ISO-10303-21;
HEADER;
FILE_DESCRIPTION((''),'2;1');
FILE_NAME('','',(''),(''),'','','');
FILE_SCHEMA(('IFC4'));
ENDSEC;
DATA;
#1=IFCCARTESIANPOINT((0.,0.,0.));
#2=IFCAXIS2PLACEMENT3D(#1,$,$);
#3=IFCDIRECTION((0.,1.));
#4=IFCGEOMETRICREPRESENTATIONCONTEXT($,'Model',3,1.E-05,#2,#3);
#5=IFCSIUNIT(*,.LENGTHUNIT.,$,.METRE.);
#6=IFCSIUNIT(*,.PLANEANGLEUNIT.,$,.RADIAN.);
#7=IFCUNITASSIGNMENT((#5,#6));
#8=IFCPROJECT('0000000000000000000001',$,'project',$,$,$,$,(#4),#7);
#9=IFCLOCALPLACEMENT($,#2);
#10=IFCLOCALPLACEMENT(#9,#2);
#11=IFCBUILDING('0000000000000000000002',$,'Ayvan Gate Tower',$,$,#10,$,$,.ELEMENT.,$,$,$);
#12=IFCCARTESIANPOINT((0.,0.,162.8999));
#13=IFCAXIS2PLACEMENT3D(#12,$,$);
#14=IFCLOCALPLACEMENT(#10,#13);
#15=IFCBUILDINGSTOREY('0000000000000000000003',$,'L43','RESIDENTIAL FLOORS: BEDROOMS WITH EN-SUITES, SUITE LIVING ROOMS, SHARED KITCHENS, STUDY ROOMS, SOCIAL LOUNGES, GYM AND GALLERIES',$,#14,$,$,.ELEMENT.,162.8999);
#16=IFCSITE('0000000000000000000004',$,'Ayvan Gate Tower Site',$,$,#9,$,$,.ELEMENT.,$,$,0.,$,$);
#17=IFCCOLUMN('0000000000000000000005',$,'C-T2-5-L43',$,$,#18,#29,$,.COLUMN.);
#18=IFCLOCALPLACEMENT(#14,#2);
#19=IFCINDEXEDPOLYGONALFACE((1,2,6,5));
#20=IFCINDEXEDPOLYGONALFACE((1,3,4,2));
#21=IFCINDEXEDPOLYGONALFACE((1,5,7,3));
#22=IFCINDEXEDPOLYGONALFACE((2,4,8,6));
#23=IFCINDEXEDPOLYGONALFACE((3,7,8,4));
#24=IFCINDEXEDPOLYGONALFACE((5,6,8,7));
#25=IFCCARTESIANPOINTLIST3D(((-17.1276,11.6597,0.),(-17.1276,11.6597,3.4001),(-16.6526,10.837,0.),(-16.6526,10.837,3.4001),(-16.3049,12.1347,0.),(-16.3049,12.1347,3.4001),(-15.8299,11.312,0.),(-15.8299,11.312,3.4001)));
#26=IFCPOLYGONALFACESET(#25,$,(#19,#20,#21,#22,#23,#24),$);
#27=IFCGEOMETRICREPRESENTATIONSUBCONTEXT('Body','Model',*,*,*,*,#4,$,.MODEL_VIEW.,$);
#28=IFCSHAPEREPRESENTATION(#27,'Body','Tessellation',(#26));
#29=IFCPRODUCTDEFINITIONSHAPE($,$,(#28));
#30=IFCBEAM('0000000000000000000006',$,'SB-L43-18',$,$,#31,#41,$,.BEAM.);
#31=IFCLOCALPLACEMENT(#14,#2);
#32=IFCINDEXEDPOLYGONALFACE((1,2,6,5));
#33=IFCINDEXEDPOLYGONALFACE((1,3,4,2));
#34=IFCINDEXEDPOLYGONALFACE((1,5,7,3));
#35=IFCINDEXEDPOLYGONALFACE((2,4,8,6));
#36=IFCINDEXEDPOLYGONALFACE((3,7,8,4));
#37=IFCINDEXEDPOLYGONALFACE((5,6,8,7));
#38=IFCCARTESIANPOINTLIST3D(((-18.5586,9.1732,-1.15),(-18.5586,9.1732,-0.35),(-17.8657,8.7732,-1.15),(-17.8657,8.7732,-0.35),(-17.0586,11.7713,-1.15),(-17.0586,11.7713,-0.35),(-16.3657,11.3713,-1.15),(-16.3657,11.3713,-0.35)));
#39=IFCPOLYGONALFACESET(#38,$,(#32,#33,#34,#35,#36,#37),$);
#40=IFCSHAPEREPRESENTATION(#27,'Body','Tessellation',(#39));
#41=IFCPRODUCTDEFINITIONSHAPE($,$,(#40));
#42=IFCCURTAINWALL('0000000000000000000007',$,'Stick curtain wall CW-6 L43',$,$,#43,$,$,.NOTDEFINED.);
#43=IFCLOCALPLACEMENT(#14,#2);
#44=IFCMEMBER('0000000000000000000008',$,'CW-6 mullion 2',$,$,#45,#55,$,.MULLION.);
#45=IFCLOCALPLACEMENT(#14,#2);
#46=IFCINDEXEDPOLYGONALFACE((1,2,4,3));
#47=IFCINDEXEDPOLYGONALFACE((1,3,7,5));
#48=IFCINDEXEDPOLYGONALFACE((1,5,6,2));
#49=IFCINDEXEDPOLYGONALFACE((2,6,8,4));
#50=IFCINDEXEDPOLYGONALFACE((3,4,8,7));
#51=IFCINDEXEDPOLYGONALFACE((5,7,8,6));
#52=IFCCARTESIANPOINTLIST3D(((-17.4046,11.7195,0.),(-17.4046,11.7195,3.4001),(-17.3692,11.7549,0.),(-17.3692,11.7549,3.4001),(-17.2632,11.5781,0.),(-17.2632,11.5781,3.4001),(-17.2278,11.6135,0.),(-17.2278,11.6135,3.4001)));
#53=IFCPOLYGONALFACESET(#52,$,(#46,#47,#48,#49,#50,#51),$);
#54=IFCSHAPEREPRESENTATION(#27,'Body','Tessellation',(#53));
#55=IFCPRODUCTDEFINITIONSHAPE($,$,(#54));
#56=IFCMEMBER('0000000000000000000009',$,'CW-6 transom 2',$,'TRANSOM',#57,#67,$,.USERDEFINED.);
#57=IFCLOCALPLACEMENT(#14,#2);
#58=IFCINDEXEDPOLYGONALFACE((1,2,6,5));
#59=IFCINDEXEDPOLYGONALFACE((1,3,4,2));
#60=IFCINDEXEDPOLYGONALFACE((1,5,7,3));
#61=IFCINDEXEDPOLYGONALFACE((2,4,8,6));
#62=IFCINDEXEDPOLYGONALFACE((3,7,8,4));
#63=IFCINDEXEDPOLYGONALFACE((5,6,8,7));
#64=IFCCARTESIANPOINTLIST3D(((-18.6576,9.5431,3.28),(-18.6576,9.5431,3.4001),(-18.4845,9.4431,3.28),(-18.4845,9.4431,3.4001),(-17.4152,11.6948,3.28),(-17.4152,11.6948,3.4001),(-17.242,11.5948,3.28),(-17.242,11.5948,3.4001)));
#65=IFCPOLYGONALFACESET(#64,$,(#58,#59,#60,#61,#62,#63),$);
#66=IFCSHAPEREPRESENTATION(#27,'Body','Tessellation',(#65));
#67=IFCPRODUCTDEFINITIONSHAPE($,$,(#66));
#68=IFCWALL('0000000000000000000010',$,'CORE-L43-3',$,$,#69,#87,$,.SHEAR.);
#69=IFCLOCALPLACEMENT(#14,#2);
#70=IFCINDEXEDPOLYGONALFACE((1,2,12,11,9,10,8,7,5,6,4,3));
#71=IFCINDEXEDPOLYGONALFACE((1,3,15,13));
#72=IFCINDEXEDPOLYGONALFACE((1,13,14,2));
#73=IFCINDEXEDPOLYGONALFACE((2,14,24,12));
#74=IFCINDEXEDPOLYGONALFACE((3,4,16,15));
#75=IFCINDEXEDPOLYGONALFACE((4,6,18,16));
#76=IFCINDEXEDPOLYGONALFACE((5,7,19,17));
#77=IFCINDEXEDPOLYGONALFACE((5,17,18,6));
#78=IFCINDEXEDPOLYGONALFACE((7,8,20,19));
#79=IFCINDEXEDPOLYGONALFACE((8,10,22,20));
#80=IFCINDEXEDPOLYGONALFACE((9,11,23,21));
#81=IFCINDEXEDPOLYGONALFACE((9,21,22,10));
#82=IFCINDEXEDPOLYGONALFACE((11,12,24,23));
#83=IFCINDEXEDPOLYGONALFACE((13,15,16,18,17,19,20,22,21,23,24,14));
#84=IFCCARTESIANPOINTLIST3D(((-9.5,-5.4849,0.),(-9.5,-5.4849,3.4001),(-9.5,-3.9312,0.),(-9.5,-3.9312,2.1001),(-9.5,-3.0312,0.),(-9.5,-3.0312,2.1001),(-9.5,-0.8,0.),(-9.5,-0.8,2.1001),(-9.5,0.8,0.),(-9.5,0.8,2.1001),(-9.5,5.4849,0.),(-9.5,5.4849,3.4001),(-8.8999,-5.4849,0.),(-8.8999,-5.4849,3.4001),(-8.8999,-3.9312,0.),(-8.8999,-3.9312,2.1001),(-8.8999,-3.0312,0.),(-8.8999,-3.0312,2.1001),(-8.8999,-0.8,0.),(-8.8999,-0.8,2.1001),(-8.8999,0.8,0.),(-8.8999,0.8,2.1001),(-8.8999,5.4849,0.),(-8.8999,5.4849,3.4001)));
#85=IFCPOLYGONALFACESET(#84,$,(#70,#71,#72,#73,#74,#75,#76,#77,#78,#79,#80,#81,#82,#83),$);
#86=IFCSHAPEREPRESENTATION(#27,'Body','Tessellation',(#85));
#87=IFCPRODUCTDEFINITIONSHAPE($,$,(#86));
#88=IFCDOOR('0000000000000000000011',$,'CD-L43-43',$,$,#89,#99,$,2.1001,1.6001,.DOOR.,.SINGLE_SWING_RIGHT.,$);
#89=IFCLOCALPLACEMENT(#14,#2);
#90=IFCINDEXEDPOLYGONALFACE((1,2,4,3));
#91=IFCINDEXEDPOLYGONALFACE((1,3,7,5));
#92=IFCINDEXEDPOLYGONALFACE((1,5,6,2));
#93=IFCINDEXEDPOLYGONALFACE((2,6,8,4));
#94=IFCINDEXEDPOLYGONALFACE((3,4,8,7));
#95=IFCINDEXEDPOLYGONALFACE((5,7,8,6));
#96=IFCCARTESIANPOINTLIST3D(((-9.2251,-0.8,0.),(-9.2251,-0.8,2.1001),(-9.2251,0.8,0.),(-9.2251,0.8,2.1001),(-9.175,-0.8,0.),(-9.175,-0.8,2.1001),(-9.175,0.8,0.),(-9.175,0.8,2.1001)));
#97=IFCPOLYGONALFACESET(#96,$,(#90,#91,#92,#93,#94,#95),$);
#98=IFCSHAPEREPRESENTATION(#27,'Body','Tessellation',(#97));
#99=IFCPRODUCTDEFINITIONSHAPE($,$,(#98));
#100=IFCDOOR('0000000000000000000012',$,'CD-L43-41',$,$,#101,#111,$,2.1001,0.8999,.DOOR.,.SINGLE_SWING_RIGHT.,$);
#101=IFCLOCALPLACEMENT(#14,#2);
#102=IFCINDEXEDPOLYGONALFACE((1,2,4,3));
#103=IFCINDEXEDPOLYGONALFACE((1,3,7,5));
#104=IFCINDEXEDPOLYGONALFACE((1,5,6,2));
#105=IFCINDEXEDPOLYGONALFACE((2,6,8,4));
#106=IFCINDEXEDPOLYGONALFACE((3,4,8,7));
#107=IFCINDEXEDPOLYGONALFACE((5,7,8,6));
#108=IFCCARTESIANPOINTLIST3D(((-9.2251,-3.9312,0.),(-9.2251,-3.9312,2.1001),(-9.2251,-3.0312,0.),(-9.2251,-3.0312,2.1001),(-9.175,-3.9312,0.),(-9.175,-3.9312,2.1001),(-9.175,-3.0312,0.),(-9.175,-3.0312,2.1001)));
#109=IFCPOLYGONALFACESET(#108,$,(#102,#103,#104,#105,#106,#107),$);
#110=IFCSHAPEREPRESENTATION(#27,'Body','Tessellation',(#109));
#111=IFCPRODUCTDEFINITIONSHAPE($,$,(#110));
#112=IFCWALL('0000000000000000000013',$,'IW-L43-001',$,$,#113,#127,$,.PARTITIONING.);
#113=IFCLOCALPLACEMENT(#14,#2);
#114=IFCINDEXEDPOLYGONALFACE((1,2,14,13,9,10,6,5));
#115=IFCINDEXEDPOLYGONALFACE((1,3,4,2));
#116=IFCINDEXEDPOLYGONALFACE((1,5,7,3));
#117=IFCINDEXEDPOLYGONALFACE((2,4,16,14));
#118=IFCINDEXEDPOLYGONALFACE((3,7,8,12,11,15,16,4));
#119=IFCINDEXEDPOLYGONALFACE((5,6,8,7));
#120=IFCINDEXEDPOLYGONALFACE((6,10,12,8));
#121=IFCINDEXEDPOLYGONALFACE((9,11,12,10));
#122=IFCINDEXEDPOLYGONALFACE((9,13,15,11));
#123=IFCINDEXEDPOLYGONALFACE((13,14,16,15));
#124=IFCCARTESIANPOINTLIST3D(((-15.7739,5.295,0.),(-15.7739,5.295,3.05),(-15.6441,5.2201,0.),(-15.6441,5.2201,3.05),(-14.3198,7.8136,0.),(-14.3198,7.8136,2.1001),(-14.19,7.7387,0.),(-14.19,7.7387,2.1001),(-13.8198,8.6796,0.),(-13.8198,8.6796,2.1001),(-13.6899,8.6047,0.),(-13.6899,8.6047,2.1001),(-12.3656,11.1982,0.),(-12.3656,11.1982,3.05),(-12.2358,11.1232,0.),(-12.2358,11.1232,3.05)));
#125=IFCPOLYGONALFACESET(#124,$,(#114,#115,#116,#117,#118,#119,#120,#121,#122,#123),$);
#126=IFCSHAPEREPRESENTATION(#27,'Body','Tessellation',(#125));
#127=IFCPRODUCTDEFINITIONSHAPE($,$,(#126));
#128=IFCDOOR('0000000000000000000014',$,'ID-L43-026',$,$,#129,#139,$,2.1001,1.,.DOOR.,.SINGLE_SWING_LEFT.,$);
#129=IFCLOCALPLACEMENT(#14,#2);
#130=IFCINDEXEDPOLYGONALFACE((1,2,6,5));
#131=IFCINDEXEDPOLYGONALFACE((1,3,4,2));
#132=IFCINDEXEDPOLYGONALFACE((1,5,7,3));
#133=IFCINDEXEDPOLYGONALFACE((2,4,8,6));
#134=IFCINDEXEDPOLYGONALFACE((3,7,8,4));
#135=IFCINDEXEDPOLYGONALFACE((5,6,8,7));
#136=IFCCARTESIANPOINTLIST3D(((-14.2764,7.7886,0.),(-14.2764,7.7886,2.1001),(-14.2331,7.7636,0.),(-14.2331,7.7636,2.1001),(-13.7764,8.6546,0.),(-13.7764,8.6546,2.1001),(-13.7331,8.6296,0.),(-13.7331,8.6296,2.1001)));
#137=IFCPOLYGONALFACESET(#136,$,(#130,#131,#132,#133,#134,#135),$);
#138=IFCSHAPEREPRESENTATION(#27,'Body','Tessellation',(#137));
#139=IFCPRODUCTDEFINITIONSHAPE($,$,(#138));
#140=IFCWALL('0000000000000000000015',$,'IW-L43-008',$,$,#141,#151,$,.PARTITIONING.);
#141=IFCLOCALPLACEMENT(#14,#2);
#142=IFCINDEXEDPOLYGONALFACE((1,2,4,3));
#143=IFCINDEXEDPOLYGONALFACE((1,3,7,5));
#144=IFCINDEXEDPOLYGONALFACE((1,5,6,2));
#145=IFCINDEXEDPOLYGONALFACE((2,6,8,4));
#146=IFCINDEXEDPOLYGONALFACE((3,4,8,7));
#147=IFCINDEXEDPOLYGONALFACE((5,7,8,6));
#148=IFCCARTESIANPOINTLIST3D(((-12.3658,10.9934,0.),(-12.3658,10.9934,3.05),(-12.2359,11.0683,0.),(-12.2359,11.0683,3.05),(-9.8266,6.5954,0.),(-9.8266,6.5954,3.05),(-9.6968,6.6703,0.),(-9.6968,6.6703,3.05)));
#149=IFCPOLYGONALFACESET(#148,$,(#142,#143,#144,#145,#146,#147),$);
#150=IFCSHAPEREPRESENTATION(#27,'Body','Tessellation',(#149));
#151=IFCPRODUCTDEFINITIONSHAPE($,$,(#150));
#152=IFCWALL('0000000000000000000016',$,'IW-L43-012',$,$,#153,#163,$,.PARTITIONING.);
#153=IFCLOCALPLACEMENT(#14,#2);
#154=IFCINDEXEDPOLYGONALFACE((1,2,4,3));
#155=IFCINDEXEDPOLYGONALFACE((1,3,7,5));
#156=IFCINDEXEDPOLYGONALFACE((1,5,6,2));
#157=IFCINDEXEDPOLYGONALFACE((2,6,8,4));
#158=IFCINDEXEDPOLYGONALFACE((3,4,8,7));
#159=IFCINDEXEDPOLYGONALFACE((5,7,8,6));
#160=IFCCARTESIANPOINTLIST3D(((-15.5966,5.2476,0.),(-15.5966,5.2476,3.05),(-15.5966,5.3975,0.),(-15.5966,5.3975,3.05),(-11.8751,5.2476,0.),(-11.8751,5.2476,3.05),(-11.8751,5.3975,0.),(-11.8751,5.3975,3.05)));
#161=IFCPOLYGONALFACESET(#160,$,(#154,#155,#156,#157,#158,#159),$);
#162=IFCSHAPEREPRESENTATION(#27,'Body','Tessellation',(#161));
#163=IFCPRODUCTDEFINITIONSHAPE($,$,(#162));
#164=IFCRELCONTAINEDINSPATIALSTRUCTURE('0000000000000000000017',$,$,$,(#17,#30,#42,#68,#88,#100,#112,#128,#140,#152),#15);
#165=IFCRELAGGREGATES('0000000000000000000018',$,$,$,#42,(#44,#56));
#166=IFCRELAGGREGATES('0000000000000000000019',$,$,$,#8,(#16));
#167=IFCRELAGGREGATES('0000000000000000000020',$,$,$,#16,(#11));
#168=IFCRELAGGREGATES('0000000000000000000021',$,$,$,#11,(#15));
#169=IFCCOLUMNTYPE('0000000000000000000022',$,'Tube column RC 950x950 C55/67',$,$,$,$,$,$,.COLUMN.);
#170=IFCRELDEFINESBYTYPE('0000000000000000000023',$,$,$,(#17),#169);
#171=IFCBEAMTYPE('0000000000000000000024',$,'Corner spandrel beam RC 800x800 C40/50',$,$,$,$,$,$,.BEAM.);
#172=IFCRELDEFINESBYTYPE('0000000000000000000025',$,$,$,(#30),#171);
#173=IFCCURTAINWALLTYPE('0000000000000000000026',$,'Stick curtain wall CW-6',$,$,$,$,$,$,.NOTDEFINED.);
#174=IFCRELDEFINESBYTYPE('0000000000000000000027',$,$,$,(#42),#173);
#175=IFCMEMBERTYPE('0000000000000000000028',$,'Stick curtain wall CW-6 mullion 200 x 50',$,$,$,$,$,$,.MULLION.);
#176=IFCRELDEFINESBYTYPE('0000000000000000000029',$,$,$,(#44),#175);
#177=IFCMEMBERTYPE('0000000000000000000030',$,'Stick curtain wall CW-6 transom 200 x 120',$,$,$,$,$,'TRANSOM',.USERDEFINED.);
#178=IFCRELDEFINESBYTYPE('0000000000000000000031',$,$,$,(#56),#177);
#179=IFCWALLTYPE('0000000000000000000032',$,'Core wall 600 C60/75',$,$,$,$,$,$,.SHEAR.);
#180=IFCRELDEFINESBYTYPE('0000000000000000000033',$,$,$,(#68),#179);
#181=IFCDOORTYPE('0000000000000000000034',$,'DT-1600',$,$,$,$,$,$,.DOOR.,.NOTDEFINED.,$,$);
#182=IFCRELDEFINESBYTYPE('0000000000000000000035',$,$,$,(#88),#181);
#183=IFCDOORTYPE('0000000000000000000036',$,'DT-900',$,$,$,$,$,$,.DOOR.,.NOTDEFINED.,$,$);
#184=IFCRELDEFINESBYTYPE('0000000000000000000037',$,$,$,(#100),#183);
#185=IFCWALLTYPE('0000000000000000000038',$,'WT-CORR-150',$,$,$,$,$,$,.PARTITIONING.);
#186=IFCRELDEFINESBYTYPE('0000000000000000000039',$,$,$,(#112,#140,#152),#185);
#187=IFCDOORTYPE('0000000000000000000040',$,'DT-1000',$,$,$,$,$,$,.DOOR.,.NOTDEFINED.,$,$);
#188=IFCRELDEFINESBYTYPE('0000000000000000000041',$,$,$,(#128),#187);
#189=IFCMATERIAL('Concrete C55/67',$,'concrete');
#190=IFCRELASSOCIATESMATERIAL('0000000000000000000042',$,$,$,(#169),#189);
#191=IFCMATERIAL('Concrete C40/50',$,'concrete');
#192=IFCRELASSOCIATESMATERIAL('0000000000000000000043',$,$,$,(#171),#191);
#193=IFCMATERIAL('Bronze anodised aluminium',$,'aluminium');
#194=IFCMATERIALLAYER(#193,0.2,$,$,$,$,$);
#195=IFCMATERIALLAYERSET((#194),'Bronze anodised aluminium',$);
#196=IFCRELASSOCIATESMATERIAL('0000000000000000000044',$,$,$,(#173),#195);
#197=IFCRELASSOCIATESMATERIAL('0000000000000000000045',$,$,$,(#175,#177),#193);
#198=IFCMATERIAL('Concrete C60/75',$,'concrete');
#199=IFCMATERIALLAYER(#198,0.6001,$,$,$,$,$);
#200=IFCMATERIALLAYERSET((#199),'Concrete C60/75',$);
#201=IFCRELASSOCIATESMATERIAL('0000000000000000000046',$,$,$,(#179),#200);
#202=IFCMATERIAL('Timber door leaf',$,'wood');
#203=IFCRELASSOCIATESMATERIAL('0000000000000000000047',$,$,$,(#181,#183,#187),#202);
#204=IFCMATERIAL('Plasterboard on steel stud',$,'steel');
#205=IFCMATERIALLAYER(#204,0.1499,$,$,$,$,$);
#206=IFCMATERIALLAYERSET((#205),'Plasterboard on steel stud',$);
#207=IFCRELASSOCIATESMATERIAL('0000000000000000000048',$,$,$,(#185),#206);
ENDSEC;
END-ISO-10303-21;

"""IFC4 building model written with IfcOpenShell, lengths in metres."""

from ifc_helpers import new_model, si_unit, direction, frame, frame_2d, origin, origin_2d, place, context, subcontext, project, spatial, rectangle, extrude, material, layer, layer_set, material_profile, profile_set, type_object, element, fill, aggregate, save


model = new_model("IFC4")

# Units and contexts
model_context = context("Model", 3, precision=1e-05, world=origin(), true_north=direction((0.0, 1.0)))
body_context = subcontext(model_context, "Body", "Model", "MODEL_VIEW")
ifc_project = project(units=[si_unit("LENGTHUNIT", "METRE"), si_unit("PLANEANGLEUNIT", "RADIAN")], contexts=[model_context])

# Site, building, storey
site_placement = place(None, origin())
site = spatial("IfcSite", under=ifc_project, at=site_placement, Name="Ayvan Gate Tower Site", CompositionType="ELEMENT", RefElevation=0.0)
building_placement = place(site_placement, origin())
building = spatial("IfcBuilding", under=site, at=building_placement, Name="Ayvan Gate Tower", CompositionType="ELEMENT")
storey_placement = place(building_placement, frame((0.0, 0.0, 162.8999)))
storey = spatial("IfcBuildingStorey", under=building, at=storey_placement, Name="L43", Description="RESIDENTIAL FLOORS: BEDROOMS WITH EN-SUITES, SUITE LIVING ROOMS, SHARED KITCHENS, STUDY ROOMS, SOCIAL LOUNGES, GYM AND GALLERIES", CompositionType="ELEMENT", Elevation=162.8999)

# Column
ifc_material_1 = material(Name="Concrete C55/67", Category="concrete")
ifc_material_profile_1 = material_profile(ifc_material_1, rectangle(XDim=0.95, YDim=0.95, at=origin_2d()), Name="RC 950x950")
ifc_profile_set_1 = profile_set([ifc_material_profile_1], Name="Concrete C55/67")
column_type = type_object("IfcColumnType", Name="Tube column RC 950x950 C55/67", PredefinedType="COLUMN", material=ifc_profile_set_1)
column_placement = place(storey_placement, frame((-16.4788, 11.4858, 0.0), z_axis=(0.0, 0.0, 1.0), x_axis=(-0.5, 0.866025, 0.0)))
element("IfcColumn", 1, at=column_placement, inside=storey, type_object=column_type, Name="C-T2-5-L43", PredefinedType="COLUMN", context=body_context, shape_type="SweptSolid", body=[
    extrude(rectangle(XDim=0.95, YDim=0.95, at=origin_2d()), origin(), (0.0, 0.0, 1.0), 3.4001),
])

# Beam
ifc_material_2 = material(Name="Concrete C40/50", Category="concrete")
ifc_material_profile_2 = material_profile(ifc_material_2, rectangle(XDim=0.8, YDim=0.8, at=origin_2d()), Name="RC 800x800")
ifc_profile_set_2 = profile_set([ifc_material_profile_2], Name="Concrete C40/50")
beam_type = type_object("IfcBeamType", Name="Corner spandrel beam RC 800x800 C40/50", PredefinedType="BEAM", material=ifc_profile_set_2)
beam_placement = place(storey_placement, frame((-16.7122, 11.5713, -0.75), z_axis=(-0.49999, -0.866031, 0.0), x_axis=(0.866031, -0.49999, 0.0)))
element("IfcBeam", 2, at=beam_placement, inside=storey, type_object=beam_type, Name="SB-L43-18", PredefinedType="BEAM", context=body_context, shape_type="SweptSolid", body=[
    extrude(rectangle(XDim=0.8, YDim=0.8, at=origin_2d()), origin(), (0.0, 0.0, 1.0), 3.0),
])

# Curtain wall, members
ifc_material_3 = material(Name="Bronze anodised aluminium", Category="aluminium")
ifc_layer_1 = layer(ifc_material_3, 0.2)
ifc_layer_set_1 = layer_set([ifc_layer_1], Name="Bronze anodised aluminium")
curtain_wall_type = type_object("IfcCurtainWallType", Name="Stick curtain wall CW-6", PredefinedType="NOTDEFINED", material=ifc_layer_set_1)
curtain_wall_placement = place(storey_placement, origin())
curtain_wall = element("IfcCurtainWall", 3, at=curtain_wall_placement, inside=storey, type_object=curtain_wall_type, Name="Stick curtain wall CW-6 L43", PredefinedType="NOTDEFINED")
ifc_material_profile_3 = material_profile(ifc_material_3, rectangle(XDim=0.2, YDim=0.05, at=origin_2d()), Name="Stick curtain wall CW-6 mullion 200 x 50")
ifc_profile_set_3 = profile_set([ifc_material_profile_3], Name="Bronze anodised aluminium")
member_type_1 = type_object("IfcMemberType", Name="Stick curtain wall CW-6 mullion 200 x 50", PredefinedType="MULLION", material=ifc_profile_set_3)
member_1_placement = place(storey_placement, frame((-17.3162, 11.6665, 0.0), z_axis=(0.0, 0.0, 1.0), x_axis=(-0.707107, 0.707107, 0.0)))
member_1 = element("IfcMember", 4, at=member_1_placement, type_object=member_type_1, Name="CW-6 mullion 2", PredefinedType="MULLION", context=body_context, shape_type="SweptSolid", body=[
    extrude(rectangle(XDim=0.2, YDim=0.05, at=origin_2d()), origin(), (0.0, 0.0, 1.0), 3.4001),
])
ifc_material_profile_4 = material_profile(ifc_material_3, rectangle(XDim=0.2, YDim=0.1201, at=origin_2d()), Name="Stick curtain wall CW-6 transom 200 x 120")
ifc_profile_set_4 = profile_set([ifc_material_profile_4], Name="Bronze anodised aluminium")
member_type_2 = type_object("IfcMemberType", Name="Stick curtain wall CW-6 transom 200 x 120", ElementType="TRANSOM", PredefinedType="USERDEFINED", material=ifc_profile_set_4)
member_2_placement = place(storey_placement, frame((-17.3286, 11.6448, 3.3401), z_axis=(-0.50006, -0.865991, 0.0), x_axis=(0.865991, -0.50006, 0.0)))
member_2 = element("IfcMember", 5, at=member_2_placement, type_object=member_type_2, Name="CW-6 transom 2", ObjectType="TRANSOM", PredefinedType="USERDEFINED", context=body_context, shape_type="SweptSolid", body=[
    extrude(rectangle(XDim=0.2, YDim=0.1201, at=origin_2d()), origin(), (0.0, 0.0, 1.0), 2.4846),
])
aggregate(curtain_wall, [member_1, member_2])

# Wall, openings, doors
ifc_material_4 = material(Name="Concrete C60/75", Category="concrete")
ifc_layer_2 = layer(ifc_material_4, 0.6001)
ifc_layer_set_2 = layer_set([ifc_layer_2], Name="Concrete C60/75")
wall_type_1 = type_object("IfcWallType", Name="Core wall 600 C60/75", PredefinedType="SHEAR", material=ifc_layer_set_2)
wall_1_placement = place(storey_placement, frame((-9.2, 5.4849, 0.0), z_axis=(0.0, 0.0, 1.0), x_axis=(0.0, -1.0, 0.0)))
wall_1 = element("IfcWall", 6, at=wall_1_placement, inside=storey, type_object=wall_type_1, Name="CORE-L43-3", PredefinedType="SHEAR", context=body_context, shape_type="SweptSolid", body=[
    extrude(rectangle(XDim=10.9697, YDim=0.6001, at=frame_2d((5.4849, 0.0))), origin(), (0.0, 0.0, 1.0), 3.4001),
])
opening_1_placement = place(wall_1_placement, frame((8.5161, 0.0, 0.0)))
opening_1 = element("IfcOpeningElement", 7, at=opening_1_placement, cuts=wall_1, PredefinedType="OPENING", context=body_context, shape_type="SweptSolid", body=[
    extrude(rectangle(XDim=0.8999, YDim=2.1001, at=frame_2d((0.45, 1.05))), frame((0.0, 0.3101, 0.0), z_axis=(0.0, -1.0, 0.0), x_axis=(1.0, 0.0, 0.0)), (0.0, 0.0, 1.0), 0.6201),
])
opening_2_placement = place(wall_1_placement, frame((4.6848, 0.0, 0.0)))
opening_2 = element("IfcOpeningElement", 8, at=opening_2_placement, cuts=wall_1, PredefinedType="OPENING", context=body_context, shape_type="SweptSolid", body=[
    extrude(rectangle(XDim=1.6001, YDim=2.1001, at=frame_2d((0.8, 1.05))), frame((0.0, 0.3101, 0.0), z_axis=(0.0, -1.0, 0.0), x_axis=(1.0, 0.0, 0.0)), (0.0, 0.0, 1.0), 0.6201),
])
ifc_material_5 = material(Name="Timber door leaf", Category="wood")
door_type_1 = type_object("IfcDoorType", Name="DT-1600", OperationType="NOTDEFINED", PredefinedType="DOOR", material=ifc_material_5)
door_1_placement = place(opening_2_placement, origin())
door_1 = element("IfcDoor", 9, at=door_1_placement, inside=storey, type_object=door_type_1, Name="CD-L43-43", OperationType="SINGLE_SWING_RIGHT", OverallHeight=2.1001, OverallWidth=1.6001, PredefinedType="DOOR", context=body_context, shape_type="SweptSolid", body=[
    extrude(rectangle(XDim=1.6001, YDim=2.1001, at=frame_2d((0.8, 1.05))), frame((0.0, 0.0249, 0.0), z_axis=(0.0, -1.0, 0.0), x_axis=(1.0, 0.0, 0.0)), (0.0, 0.0, 1.0), 0.05),
])
fill(opening_2, door_1)
door_type_2 = type_object("IfcDoorType", Name="DT-900", OperationType="NOTDEFINED", PredefinedType="DOOR", material=ifc_material_5)
door_2_placement = place(opening_1_placement, origin())
door_2 = element("IfcDoor", 10, at=door_2_placement, inside=storey, type_object=door_type_2, Name="CD-L43-41", OperationType="SINGLE_SWING_RIGHT", OverallHeight=2.1001, OverallWidth=0.8999, PredefinedType="DOOR", context=body_context, shape_type="SweptSolid", body=[
    extrude(rectangle(XDim=0.8999, YDim=2.1001, at=frame_2d((0.45, 1.05))), frame((0.0, 0.0249, 0.0), z_axis=(0.0, -1.0, 0.0), x_axis=(1.0, 0.0, 0.0)), (0.0, 0.0, 1.0), 0.05),
])
fill(opening_1, door_2)

# Wall, opening, door
ifc_material_6 = material(Name="Plasterboard on steel stud", Category="steel")
ifc_layer_3 = layer(ifc_material_6, 0.1499)
ifc_layer_set_3 = layer_set([ifc_layer_3], Name="Plasterboard on steel stud")
wall_type_2 = type_object("IfcWallType", Name="WT-CORR-150", PredefinedType="PARTITIONING", material=ifc_layer_set_3)
wall_2_placement = place(storey_placement, frame((-15.709, 5.2576, 0.0), z_axis=(0.0, 0.0, 1.0), x_axis=(0.500007, 0.866022, 0.0)))
wall_2 = element("IfcWall", 11, at=wall_2_placement, inside=storey, type_object=wall_type_2, Name="IW-L43-001", PredefinedType="PARTITIONING", context=body_context, shape_type="SweptSolid", body=[
    extrude(rectangle(XDim=6.8164, YDim=0.1499, at=frame_2d((3.4082, 0.0))), origin(), (0.0, 0.0, 1.0), 3.05),
])
opening_3_placement = place(wall_2_placement, frame((2.9082, 0.0, 0.0)))
opening_3 = element("IfcOpeningElement", 12, at=opening_3_placement, cuts=wall_2, PredefinedType="OPENING", context=body_context, shape_type="SweptSolid", body=[
    extrude(rectangle(XDim=1.0, YDim=2.1001, at=frame_2d((0.5, 1.05))), frame((0.0, 0.085, 0.0), z_axis=(0.0, -1.0, 0.0), x_axis=(1.0, 0.0, 0.0)), (0.0, 0.0, 1.0), 0.1699),
])
door_type_3 = type_object("IfcDoorType", Name="DT-1000", OperationType="NOTDEFINED", PredefinedType="DOOR", material=ifc_material_5)
door_3_placement = place(opening_3_placement, origin())
door_3 = element("IfcDoor", 13, at=door_3_placement, inside=storey, type_object=door_type_3, Name="ID-L43-026", OperationType="SINGLE_SWING_LEFT", OverallHeight=2.1001, OverallWidth=1.0, PredefinedType="DOOR", context=body_context, shape_type="SweptSolid", body=[
    extrude(rectangle(XDim=1.0, YDim=2.1001, at=frame_2d((0.5, 1.05))), frame((0.0, 0.0249, 0.0), z_axis=(0.0, -1.0, 0.0), x_axis=(1.0, 0.0, 0.0)), (0.0, 0.0, 1.0), 0.05),
])
fill(opening_3, door_3)

# Walls
wall_3_placement = place(storey_placement, frame((-12.3008, 11.0308, 0.0), z_axis=(0.0, 0.0, 1.0), x_axis=(0.499986, -0.866033, 0.0)))
element("IfcWall", 14, at=wall_3_placement, inside=storey, type_object=wall_type_2, Name="IW-L43-008", PredefinedType="PARTITIONING", context=body_context, shape_type="SweptSolid", body=[
    extrude(rectangle(XDim=5.0784, YDim=0.1499, at=frame_2d((2.5391, 0.0))), origin(), (0.0, 0.0, 1.0), 3.05),
])
wall_4_placement = place(storey_placement, frame((-11.875, 5.3225, 0.0), z_axis=(0.0, 0.0, 1.0), x_axis=(-1.0, 0.0, 0.0)))
element("IfcWall", 15, at=wall_4_placement, inside=storey, type_object=wall_type_2, Name="IW-L43-012", PredefinedType="PARTITIONING", context=body_context, shape_type="SweptSolid", body=[
    extrude(rectangle(XDim=3.7214, YDim=0.1499, at=frame_2d((1.8608, 0.0))), origin(), (0.0, 0.0, 1.0), 3.05),
])

save(model, "model.ifc")
